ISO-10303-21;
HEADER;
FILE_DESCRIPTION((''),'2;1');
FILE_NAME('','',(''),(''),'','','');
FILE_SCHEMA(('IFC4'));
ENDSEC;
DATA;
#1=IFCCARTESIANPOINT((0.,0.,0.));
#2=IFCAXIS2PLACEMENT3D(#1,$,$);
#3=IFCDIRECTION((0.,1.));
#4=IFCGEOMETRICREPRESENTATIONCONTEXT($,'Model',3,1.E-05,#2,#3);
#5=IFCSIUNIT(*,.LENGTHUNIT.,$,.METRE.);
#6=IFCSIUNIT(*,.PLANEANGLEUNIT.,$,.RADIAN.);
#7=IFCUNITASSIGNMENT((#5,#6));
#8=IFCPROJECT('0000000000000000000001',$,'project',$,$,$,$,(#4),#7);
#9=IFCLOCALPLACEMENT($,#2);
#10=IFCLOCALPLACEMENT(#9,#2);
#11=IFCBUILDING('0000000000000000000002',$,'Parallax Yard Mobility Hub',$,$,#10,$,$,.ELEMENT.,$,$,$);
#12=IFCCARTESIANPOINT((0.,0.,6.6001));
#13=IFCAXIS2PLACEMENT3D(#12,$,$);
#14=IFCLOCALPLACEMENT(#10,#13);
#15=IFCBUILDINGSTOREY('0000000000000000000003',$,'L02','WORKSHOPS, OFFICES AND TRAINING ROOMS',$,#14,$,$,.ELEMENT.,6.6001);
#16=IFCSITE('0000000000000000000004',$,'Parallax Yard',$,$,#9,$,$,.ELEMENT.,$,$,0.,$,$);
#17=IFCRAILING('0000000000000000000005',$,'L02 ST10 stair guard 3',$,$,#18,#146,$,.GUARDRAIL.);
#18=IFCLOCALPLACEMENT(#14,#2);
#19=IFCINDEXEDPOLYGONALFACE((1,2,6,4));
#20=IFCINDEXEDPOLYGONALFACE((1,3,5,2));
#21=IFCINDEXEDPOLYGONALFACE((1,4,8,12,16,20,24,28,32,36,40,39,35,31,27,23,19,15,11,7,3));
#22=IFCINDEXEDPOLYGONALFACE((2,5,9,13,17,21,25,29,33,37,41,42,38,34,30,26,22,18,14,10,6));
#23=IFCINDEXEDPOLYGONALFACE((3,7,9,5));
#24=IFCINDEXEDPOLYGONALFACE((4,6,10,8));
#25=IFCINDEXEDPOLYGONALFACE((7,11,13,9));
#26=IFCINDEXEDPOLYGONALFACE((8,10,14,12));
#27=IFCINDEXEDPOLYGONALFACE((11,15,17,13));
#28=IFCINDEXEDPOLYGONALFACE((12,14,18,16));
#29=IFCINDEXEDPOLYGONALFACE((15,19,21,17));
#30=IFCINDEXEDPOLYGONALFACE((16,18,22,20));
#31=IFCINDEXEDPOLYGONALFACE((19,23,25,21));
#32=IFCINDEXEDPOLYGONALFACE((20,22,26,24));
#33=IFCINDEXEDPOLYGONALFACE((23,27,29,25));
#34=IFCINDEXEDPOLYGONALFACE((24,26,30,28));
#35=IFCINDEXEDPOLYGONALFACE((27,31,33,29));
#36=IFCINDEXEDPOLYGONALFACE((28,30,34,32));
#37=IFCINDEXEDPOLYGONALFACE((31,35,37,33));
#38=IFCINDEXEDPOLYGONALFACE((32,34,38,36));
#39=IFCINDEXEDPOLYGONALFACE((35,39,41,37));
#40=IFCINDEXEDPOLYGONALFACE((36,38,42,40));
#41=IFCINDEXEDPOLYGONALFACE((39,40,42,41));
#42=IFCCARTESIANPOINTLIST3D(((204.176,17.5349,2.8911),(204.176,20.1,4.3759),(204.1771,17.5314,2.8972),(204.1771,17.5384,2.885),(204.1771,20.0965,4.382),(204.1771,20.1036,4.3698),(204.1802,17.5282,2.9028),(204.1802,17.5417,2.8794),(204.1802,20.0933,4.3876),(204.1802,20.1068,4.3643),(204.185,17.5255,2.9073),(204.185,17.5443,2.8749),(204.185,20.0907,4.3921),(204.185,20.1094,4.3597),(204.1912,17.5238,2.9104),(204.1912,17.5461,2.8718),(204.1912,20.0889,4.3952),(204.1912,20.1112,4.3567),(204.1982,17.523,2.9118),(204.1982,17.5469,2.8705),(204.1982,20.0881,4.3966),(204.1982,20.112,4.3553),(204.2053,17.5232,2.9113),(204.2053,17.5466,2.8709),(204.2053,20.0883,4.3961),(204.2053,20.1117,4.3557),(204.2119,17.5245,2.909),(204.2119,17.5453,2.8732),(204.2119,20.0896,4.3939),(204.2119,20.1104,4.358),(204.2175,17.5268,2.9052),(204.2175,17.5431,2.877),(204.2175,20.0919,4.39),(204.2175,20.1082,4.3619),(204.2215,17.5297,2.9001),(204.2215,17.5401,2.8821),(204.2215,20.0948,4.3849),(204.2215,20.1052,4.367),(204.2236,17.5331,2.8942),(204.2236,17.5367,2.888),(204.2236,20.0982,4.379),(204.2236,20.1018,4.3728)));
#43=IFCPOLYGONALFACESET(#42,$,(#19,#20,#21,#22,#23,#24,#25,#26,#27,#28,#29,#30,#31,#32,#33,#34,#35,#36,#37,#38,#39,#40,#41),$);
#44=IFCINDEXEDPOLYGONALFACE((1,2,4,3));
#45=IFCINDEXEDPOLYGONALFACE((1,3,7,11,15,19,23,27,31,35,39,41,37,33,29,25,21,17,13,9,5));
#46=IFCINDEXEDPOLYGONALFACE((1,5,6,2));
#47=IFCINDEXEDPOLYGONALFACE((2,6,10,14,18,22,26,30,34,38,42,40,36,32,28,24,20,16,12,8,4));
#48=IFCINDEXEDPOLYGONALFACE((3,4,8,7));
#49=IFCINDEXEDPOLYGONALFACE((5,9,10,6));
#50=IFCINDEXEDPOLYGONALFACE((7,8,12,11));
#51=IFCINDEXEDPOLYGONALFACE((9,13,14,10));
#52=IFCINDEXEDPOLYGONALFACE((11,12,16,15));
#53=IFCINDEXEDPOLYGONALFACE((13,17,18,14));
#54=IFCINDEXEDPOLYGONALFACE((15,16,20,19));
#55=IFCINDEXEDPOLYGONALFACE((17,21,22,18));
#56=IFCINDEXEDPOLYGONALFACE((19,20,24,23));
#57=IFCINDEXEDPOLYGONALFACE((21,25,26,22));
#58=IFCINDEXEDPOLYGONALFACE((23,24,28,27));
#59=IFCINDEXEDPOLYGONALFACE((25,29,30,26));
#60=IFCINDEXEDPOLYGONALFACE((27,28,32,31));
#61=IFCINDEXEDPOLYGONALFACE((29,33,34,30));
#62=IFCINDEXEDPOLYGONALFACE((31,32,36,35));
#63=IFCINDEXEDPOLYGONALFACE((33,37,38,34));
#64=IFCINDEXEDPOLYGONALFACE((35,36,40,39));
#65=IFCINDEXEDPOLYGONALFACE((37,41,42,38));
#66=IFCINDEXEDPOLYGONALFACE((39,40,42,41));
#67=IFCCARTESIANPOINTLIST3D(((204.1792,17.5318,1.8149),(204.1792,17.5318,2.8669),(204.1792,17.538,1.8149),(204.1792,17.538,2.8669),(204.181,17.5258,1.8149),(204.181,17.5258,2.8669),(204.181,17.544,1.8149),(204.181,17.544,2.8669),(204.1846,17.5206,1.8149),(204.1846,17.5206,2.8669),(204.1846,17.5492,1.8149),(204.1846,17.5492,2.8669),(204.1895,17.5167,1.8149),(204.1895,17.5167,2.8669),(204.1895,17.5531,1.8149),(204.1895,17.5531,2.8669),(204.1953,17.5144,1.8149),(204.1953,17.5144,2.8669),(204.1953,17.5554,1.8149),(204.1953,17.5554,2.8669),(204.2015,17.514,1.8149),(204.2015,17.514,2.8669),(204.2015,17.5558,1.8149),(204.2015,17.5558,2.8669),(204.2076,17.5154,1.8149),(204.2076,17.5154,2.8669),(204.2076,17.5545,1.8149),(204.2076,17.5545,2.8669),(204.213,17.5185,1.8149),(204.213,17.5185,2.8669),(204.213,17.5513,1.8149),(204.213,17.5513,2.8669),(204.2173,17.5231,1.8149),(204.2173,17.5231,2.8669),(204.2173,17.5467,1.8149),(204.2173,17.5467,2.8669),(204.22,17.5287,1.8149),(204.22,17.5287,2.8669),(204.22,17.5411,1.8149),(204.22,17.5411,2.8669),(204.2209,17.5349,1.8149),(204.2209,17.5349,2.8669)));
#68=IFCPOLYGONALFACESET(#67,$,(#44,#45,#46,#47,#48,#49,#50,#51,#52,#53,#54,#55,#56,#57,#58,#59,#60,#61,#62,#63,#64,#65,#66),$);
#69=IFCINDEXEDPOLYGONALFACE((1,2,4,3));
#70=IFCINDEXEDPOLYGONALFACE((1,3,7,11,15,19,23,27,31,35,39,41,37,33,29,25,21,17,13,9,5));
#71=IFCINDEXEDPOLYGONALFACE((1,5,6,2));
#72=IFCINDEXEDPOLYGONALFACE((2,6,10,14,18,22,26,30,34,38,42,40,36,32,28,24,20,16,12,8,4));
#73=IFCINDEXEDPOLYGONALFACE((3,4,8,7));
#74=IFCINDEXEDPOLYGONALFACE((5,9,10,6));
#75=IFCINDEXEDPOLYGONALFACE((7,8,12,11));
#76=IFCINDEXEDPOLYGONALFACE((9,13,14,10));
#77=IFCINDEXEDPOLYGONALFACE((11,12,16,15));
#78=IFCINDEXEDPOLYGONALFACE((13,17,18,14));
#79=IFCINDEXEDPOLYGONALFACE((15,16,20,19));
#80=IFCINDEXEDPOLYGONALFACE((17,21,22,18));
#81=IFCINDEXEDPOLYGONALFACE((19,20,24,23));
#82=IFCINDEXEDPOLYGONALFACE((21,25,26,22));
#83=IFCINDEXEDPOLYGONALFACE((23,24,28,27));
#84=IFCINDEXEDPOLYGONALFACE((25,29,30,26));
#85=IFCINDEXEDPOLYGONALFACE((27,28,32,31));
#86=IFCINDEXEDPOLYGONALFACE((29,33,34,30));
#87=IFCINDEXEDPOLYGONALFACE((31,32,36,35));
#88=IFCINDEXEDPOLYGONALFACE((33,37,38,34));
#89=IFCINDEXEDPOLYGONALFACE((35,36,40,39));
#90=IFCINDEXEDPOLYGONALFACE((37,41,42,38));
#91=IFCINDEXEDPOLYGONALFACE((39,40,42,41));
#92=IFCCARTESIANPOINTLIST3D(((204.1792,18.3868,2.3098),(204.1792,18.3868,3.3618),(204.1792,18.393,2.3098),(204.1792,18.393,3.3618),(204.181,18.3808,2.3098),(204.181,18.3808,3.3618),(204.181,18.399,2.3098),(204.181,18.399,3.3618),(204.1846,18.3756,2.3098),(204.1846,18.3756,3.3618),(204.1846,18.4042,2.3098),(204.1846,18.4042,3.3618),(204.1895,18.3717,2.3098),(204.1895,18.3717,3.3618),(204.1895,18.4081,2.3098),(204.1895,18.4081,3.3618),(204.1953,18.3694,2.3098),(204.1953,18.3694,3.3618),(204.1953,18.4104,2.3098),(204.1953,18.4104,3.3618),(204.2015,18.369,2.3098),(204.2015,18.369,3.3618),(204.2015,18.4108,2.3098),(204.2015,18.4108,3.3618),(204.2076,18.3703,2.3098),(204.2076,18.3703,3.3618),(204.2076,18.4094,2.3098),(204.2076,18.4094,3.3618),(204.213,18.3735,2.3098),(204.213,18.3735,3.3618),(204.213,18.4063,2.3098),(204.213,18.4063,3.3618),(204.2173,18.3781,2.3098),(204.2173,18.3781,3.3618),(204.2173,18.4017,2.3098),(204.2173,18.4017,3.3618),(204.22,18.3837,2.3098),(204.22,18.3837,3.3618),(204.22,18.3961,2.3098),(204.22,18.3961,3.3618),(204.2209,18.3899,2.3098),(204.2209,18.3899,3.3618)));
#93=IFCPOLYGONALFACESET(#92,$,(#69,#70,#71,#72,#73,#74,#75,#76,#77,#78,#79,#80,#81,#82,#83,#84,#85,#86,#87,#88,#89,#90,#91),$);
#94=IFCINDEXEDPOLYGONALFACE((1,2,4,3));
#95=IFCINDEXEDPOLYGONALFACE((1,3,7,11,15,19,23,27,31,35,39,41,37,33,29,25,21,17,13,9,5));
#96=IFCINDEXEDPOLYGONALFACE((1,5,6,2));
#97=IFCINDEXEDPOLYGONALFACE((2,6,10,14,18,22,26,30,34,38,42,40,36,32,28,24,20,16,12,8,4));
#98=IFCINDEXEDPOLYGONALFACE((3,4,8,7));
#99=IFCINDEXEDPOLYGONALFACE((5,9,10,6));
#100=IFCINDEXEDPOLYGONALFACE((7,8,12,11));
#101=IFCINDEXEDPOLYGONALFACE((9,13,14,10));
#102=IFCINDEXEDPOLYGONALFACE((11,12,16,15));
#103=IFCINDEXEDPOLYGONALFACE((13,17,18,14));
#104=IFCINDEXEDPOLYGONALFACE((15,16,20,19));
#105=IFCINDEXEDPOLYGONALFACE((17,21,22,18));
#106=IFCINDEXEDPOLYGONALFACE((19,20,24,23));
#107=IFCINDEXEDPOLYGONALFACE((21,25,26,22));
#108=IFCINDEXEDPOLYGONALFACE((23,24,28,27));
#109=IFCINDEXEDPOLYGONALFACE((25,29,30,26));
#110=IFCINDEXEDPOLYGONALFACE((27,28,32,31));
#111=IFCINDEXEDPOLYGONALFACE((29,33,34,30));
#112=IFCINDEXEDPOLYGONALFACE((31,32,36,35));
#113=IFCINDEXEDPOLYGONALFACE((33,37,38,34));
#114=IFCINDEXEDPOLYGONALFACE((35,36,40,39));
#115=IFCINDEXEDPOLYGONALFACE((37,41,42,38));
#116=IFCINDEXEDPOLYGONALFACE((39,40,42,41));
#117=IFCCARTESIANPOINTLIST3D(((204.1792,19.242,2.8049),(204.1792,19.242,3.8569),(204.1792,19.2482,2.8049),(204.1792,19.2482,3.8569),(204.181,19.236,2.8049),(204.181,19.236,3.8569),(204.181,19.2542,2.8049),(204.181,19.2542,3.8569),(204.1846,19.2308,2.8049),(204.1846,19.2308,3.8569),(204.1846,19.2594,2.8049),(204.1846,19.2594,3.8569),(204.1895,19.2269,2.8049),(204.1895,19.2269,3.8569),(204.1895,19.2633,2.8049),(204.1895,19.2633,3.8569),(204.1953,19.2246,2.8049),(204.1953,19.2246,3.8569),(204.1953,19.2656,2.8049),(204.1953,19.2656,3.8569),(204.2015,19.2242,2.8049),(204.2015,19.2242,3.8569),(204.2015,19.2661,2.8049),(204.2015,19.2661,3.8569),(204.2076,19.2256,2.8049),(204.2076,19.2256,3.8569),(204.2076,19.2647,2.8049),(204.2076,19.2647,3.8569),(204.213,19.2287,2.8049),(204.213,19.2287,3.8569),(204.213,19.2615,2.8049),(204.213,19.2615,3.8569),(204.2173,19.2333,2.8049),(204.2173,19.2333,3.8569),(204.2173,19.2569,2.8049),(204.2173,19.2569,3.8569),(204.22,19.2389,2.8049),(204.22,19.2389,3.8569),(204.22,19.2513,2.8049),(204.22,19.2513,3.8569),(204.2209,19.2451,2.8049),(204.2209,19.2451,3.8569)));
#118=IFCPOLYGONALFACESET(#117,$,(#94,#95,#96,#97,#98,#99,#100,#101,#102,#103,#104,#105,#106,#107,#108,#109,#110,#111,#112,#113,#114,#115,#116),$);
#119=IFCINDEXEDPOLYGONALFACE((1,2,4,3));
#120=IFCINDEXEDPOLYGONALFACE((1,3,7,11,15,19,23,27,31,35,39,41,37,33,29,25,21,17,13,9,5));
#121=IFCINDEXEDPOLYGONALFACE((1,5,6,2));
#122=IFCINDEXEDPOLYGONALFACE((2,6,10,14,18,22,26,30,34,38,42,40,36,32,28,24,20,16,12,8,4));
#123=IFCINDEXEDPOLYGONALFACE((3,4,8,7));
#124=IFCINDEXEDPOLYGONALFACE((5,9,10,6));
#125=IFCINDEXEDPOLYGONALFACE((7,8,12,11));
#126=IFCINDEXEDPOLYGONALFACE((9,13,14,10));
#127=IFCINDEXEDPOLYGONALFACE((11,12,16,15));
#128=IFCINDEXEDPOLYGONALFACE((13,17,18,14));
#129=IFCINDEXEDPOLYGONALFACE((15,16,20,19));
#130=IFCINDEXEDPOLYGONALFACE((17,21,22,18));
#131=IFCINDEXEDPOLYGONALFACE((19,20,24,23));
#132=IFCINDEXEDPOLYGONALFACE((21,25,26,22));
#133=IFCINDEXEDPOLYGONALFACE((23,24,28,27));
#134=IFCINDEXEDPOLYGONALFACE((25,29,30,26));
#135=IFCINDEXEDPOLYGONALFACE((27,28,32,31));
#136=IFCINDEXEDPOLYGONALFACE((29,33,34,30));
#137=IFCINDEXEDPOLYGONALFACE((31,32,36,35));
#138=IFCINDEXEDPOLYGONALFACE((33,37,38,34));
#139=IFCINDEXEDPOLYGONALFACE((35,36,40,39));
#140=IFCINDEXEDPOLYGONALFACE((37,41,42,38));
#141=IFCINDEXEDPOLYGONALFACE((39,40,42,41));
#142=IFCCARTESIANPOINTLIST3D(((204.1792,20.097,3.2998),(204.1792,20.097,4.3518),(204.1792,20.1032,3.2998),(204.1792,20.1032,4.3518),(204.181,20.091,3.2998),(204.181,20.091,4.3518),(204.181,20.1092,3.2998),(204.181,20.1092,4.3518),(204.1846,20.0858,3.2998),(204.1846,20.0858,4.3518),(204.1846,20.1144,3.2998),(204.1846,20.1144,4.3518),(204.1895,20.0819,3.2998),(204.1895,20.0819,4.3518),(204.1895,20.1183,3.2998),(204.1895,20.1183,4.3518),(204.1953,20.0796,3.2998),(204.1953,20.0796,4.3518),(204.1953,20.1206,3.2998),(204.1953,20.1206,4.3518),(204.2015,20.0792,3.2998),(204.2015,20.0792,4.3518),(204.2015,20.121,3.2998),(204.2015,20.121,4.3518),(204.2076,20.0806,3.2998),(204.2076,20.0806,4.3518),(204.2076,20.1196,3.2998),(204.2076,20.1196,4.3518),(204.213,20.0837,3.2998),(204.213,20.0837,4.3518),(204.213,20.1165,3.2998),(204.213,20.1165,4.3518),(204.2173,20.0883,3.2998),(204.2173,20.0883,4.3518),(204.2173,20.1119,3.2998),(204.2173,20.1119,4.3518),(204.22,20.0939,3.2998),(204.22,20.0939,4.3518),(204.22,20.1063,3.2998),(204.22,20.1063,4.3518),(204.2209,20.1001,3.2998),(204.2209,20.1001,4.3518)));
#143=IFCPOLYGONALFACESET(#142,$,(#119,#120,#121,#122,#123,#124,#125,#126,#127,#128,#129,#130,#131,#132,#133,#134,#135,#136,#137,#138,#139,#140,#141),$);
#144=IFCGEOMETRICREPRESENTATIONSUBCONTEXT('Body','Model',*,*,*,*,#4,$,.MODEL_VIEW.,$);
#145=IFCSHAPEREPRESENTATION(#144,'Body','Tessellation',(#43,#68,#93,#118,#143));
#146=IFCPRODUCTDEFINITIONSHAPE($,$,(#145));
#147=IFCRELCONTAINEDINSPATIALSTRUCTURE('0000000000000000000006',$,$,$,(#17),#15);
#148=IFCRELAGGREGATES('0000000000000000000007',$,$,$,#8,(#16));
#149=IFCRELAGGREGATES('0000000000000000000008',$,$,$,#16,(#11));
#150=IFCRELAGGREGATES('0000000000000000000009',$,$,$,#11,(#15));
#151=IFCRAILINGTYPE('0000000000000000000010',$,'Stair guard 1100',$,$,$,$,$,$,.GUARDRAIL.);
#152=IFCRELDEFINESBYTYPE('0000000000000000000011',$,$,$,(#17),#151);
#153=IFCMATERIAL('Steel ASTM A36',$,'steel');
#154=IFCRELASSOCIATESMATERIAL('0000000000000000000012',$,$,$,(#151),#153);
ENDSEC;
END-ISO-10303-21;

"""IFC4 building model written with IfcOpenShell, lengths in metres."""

from ifc_helpers import new_model, si_unit, direction, frame, origin, origin_2d, place, context, subcontext, project, spatial, circle, extrude, material, type_object, element, save


model = new_model("IFC4")

# Units and contexts
model_context = context("Model", 3, precision=1e-05, world=origin(), true_north=direction((0.0, 1.0)))
body_context = subcontext(model_context, "Body", "Model", "MODEL_VIEW")
ifc_project = project(units=[si_unit("LENGTHUNIT", "METRE"), si_unit("PLANEANGLEUNIT", "RADIAN")], contexts=[model_context])

# Site, building, storey
site_placement = place(None, origin())
site = spatial("IfcSite", under=ifc_project, at=site_placement, Name="Parallax Yard", CompositionType="ELEMENT", RefElevation=0.0)
building_placement = place(site_placement, origin())
building = spatial("IfcBuilding", under=site, at=building_placement, Name="Parallax Yard Mobility Hub", CompositionType="ELEMENT")
storey_placement = place(building_placement, frame((0.0, 0.0, 6.6001)))
storey = spatial("IfcBuildingStorey", under=building, at=storey_placement, Name="L02", Description="WORKSHOPS, OFFICES AND TRAINING ROOMS", CompositionType="ELEMENT", Elevation=6.6001)

# Railing
ifc_material_1 = material(Name="Steel ASTM A36", Category="steel")
railing_type_1 = type_object("IfcRailingType", Name="Stair guard 1100", PredefinedType="GUARDRAIL", material=ifc_material_1)
railing_1_placement = place(storey_placement, frame((204.2, 17.5349, 1.8149)))
element("IfcRailing", 1, at=railing_1_placement, inside=storey, type_object=railing_type_1, Name="L02 ST10 stair guard 3", PredefinedType="GUARDRAIL", context=body_context, shape_type="SweptSolid", body=[
    extrude(circle(Radius=0.0239, at=origin_2d()), frame((0.0, 0.0, 1.0762), z_axis=(0.0, 0.865462, 0.500975), x_axis=(-1.0, 0.0, 0.0)), (0.0, 0.0, 1.0), 2.9639),
    extrude(circle(Radius=0.021, at=origin_2d()), origin(), (0.0, 0.0, 1.0), 1.052),
    extrude(circle(Radius=0.021, at=origin_2d()), frame((0.0, 0.855, 0.4949)), (0.0, 0.0, 1.0), 1.052),
    extrude(circle(Radius=0.021, at=origin_2d()), frame((0.0, 1.7102, 0.99)), (0.0, 0.0, 1.0), 1.052),
    extrude(circle(Radius=0.021, at=origin_2d()), frame((0.0, 2.5652, 1.4849)), (0.0, 0.0, 1.0), 1.052),
])

save(model, "model.ifc")
